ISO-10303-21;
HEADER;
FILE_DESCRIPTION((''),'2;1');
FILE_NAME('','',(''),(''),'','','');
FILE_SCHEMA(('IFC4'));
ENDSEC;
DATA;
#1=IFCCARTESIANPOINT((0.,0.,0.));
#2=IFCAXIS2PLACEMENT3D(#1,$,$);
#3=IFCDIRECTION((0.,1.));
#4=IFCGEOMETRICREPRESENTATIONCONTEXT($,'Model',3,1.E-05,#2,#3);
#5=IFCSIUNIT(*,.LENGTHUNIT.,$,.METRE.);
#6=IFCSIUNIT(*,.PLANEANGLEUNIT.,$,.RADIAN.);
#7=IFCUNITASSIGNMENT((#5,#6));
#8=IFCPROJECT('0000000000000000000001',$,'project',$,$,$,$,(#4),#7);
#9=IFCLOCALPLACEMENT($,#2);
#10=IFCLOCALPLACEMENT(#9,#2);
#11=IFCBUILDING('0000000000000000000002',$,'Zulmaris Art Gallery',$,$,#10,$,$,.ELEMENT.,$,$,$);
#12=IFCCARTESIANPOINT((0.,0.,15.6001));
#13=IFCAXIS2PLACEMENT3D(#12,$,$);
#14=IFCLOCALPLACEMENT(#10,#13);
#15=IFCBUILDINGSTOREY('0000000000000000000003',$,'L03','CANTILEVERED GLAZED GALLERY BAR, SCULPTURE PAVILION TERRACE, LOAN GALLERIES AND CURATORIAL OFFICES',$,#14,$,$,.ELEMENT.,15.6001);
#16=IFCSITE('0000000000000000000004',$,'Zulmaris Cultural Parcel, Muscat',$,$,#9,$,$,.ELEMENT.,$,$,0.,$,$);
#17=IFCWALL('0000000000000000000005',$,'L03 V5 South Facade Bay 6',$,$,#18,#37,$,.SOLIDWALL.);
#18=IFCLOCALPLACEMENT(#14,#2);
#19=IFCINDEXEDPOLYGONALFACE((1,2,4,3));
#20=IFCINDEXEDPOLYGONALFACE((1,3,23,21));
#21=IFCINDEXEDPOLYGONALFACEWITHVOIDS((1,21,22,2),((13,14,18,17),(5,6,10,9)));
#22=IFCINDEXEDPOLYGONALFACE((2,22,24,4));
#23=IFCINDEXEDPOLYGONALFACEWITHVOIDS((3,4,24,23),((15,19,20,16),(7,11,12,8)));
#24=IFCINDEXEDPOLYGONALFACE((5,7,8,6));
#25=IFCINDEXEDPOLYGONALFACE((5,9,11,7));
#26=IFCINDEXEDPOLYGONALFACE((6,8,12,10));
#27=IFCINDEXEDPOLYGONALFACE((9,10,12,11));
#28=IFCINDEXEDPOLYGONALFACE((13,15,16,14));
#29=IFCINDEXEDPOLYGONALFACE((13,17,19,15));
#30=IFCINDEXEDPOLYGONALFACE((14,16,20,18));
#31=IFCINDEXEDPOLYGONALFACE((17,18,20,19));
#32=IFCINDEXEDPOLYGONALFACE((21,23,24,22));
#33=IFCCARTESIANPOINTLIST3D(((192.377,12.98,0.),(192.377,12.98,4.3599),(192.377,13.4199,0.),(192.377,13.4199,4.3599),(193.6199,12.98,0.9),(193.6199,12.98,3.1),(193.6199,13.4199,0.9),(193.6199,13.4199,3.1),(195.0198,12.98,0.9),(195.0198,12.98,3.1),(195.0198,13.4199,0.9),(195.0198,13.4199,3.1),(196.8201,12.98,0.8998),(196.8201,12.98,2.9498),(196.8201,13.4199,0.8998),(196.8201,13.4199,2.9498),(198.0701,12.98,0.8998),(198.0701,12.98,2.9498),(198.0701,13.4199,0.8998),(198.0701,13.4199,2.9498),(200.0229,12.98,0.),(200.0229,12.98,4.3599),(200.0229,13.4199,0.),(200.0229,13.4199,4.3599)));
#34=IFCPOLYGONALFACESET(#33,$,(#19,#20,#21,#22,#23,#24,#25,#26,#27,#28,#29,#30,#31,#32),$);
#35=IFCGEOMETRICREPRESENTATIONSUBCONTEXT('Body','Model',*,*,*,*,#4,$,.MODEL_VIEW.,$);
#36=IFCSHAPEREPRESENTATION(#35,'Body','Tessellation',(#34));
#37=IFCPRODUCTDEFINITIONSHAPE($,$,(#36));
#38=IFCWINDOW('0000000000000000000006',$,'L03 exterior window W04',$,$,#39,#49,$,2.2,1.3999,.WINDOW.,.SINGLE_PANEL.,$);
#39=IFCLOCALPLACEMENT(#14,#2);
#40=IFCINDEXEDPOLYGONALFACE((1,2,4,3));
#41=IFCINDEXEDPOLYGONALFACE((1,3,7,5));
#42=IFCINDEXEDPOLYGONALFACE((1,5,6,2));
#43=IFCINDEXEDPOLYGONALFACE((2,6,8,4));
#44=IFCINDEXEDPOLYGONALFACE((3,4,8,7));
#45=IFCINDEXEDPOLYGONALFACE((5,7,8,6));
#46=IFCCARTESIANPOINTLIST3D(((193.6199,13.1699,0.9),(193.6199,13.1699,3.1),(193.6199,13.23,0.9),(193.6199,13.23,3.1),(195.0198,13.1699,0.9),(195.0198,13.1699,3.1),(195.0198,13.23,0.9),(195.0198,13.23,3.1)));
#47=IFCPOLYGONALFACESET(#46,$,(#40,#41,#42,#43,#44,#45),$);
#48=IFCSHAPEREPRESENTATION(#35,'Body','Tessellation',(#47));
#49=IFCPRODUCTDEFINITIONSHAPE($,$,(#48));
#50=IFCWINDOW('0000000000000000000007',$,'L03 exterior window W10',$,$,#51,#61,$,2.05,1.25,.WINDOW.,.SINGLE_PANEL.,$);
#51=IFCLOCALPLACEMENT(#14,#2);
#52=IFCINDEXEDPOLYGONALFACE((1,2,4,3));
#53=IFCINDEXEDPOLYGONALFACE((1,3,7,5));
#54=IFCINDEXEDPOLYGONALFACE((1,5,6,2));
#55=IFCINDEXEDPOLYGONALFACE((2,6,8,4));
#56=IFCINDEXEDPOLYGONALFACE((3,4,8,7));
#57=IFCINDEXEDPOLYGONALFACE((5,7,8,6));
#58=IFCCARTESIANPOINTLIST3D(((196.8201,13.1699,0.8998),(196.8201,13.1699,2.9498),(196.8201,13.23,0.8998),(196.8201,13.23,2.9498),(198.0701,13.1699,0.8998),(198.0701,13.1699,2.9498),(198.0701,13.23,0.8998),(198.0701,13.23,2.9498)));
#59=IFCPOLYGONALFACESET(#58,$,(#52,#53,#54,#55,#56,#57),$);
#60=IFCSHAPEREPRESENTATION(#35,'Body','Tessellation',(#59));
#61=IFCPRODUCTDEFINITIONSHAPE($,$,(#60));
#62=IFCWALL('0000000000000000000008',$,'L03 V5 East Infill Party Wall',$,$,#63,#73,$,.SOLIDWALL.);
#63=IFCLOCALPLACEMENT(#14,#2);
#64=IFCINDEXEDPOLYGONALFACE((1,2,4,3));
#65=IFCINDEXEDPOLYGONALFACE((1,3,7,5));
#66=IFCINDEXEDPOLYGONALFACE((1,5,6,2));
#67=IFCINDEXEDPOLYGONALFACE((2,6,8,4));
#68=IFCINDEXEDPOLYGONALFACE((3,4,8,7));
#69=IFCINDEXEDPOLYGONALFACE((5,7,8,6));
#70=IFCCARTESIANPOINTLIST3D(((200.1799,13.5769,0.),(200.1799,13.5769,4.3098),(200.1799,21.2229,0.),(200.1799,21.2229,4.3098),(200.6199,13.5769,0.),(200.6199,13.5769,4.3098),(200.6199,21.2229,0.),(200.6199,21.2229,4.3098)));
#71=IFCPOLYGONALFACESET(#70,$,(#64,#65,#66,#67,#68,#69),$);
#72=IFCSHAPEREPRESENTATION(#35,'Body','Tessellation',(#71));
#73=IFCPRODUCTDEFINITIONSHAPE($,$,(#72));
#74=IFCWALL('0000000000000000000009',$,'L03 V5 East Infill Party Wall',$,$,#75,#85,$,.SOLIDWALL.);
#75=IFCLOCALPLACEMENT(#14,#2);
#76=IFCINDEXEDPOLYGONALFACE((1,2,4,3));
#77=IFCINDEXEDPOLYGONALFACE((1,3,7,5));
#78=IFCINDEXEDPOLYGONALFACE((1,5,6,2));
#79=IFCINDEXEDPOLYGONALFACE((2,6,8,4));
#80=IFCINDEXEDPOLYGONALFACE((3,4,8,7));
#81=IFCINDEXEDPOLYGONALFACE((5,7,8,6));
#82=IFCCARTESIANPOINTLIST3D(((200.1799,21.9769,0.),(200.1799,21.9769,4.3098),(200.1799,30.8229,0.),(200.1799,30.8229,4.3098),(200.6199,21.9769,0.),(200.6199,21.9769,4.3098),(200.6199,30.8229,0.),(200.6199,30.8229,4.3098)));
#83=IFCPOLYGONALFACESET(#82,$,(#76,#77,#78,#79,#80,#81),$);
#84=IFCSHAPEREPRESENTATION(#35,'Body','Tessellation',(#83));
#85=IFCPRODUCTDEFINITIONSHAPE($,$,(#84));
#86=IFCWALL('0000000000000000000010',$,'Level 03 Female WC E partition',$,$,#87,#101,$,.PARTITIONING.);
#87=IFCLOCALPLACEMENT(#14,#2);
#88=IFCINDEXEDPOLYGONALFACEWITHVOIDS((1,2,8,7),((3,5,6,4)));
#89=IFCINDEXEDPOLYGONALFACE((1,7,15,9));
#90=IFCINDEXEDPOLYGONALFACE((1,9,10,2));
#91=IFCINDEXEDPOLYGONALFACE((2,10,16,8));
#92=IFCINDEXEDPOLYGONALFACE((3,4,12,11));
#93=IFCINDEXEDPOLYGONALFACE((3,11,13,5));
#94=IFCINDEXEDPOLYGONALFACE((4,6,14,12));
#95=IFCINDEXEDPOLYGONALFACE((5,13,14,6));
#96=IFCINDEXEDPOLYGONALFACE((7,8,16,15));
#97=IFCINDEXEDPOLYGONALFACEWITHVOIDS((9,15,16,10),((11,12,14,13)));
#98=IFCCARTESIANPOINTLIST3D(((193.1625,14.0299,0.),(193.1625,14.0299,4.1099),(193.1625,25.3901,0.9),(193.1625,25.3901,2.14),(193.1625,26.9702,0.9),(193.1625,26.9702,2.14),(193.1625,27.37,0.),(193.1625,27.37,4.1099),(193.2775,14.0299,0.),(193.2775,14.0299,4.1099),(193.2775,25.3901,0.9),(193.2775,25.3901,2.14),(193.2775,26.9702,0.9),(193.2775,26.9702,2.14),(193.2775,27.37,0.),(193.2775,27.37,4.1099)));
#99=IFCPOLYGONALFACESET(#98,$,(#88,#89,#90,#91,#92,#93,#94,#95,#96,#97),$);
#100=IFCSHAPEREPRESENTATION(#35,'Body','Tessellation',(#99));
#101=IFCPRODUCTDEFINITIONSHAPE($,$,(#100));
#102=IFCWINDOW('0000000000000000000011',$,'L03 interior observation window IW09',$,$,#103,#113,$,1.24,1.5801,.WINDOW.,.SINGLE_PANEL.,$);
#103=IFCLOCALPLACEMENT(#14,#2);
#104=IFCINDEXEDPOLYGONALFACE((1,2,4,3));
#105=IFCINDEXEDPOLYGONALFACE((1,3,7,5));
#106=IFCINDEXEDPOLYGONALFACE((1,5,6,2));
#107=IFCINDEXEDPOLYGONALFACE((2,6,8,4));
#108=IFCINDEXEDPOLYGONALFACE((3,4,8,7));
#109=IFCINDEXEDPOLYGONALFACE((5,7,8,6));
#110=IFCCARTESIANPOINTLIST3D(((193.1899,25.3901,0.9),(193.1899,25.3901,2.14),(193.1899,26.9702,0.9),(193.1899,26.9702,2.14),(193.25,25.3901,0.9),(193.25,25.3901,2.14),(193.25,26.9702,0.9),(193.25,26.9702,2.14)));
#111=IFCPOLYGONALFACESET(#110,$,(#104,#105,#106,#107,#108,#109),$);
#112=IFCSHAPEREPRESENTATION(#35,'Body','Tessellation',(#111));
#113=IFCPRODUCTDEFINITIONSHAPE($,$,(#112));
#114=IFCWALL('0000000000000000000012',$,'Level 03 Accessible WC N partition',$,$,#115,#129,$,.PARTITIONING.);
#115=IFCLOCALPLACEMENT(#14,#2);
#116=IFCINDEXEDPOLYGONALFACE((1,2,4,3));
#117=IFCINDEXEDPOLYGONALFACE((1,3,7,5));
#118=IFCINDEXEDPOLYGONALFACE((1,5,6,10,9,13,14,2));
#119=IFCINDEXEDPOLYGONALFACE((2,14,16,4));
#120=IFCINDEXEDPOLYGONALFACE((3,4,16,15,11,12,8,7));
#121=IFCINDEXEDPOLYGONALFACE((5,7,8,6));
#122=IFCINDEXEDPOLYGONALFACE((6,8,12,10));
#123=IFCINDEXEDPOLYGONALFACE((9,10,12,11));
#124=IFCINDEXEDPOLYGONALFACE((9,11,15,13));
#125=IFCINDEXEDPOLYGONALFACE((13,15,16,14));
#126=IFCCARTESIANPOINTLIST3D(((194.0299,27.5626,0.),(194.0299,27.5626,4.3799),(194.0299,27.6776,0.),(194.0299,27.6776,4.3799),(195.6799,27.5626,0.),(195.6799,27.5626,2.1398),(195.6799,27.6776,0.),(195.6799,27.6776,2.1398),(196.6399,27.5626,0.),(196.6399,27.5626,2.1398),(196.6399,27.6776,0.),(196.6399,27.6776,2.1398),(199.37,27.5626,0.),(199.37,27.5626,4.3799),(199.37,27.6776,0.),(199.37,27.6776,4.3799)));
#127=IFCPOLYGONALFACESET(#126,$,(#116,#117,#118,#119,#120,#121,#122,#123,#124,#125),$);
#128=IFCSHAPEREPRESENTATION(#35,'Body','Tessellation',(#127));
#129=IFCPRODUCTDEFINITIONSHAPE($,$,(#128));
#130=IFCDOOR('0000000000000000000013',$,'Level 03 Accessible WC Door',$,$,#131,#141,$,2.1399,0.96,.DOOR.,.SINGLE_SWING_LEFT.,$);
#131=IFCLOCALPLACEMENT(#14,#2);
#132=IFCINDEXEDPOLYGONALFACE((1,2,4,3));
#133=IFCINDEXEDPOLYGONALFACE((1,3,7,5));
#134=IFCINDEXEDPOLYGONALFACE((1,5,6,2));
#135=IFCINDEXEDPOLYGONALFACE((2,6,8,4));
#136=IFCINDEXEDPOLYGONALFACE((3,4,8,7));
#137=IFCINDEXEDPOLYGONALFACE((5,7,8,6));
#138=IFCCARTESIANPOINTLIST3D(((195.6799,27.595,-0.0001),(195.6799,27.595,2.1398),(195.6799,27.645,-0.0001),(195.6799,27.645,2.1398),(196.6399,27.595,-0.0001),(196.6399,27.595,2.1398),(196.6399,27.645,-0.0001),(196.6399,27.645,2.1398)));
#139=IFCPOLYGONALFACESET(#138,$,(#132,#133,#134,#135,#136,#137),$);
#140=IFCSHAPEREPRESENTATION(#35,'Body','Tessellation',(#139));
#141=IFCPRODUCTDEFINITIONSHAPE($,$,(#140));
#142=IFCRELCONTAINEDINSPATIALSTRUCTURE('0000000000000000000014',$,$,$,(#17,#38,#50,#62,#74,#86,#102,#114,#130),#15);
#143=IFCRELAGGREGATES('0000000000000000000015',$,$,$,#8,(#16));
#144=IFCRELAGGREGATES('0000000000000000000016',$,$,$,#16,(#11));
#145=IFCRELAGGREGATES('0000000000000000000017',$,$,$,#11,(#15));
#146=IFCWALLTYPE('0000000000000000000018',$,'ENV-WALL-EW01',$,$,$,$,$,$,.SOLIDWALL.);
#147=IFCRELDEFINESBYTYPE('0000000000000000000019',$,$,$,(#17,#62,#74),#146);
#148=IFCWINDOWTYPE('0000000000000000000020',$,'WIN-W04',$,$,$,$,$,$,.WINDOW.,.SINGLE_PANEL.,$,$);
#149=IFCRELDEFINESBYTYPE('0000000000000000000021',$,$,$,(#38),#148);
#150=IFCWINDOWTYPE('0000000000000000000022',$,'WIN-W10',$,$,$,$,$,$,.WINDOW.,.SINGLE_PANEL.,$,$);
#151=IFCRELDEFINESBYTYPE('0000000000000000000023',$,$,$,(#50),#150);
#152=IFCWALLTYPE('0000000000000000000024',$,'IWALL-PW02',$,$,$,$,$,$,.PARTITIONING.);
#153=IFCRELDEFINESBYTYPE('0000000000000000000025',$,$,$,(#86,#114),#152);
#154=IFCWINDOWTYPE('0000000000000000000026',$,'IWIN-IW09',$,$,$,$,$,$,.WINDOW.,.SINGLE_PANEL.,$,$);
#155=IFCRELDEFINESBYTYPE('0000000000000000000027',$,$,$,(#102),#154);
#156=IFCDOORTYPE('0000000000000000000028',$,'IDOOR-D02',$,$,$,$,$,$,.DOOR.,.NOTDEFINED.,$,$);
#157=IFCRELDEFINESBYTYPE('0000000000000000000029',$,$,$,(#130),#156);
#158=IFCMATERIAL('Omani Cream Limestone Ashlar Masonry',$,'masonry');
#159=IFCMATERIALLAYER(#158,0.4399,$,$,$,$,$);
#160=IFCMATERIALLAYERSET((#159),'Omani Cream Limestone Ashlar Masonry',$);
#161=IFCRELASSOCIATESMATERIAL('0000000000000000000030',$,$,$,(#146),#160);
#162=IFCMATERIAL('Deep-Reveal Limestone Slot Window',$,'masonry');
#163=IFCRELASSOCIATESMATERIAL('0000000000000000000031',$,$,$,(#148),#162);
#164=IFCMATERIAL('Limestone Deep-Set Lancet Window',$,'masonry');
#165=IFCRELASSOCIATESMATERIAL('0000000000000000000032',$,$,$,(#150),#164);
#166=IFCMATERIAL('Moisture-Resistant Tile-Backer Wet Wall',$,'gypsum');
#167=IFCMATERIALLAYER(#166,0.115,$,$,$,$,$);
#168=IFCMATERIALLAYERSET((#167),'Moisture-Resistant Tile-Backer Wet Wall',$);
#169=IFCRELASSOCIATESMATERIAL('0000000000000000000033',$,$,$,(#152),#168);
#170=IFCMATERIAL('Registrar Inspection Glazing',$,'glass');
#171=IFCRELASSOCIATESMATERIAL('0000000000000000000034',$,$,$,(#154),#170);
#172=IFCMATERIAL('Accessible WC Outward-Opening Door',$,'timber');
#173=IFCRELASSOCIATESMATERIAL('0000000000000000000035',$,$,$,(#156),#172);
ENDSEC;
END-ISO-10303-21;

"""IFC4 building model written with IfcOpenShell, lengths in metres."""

from ifc_helpers import new_model, si_unit, direction, frame, frame_2d, origin, place, context, subcontext, project, spatial, rectangle, extrude, material, layer, layer_set, type_object, element, fill, save


model = new_model("IFC4")

# Units and contexts
model_context = context("Model", 3, precision=1e-05, world=origin(), true_north=direction((0.0, 1.0)))
body_context = subcontext(model_context, "Body", "Model", "MODEL_VIEW")
ifc_project = project(units=[si_unit("LENGTHUNIT", "METRE"), si_unit("PLANEANGLEUNIT", "RADIAN")], contexts=[model_context])

# Site, building, storey
site_placement = place(None, origin())
site = spatial("IfcSite", under=ifc_project, at=site_placement, Name="Zulmaris Cultural Parcel, Muscat", CompositionType="ELEMENT", RefElevation=0.0)
building_placement = place(site_placement, origin())
building = spatial("IfcBuilding", under=site, at=building_placement, Name="Zulmaris Art Gallery", CompositionType="ELEMENT")
storey_placement = place(building_placement, frame((0.0, 0.0, 15.6001)))
storey = spatial("IfcBuildingStorey", under=building, at=storey_placement, Name="L03", Description="CANTILEVERED GLAZED GALLERY BAR, SCULPTURE PAVILION TERRACE, LOAN GALLERIES AND CURATORIAL OFFICES", CompositionType="ELEMENT", Elevation=15.6001)

# Wall, openings, windows
ifc_material_1 = material(Name="Omani Cream Limestone Ashlar Masonry", Category="masonry")
ifc_layer_1 = layer(ifc_material_1, 0.4399)
ifc_layer_set_1 = layer_set([ifc_layer_1], Name="Omani Cream Limestone Ashlar Masonry")
wall_type_1 = type_object("IfcWallType", Name="ENV-WALL-EW01", PredefinedType="SOLIDWALL", material=ifc_layer_set_1)
wall_1_placement = place(storey_placement, frame((192.377, 13.2, 0.0), z_axis=(0.0, 0.0, 1.0), x_axis=(1.0, 0.0, 0.0)))
wall_1 = element("IfcWall", 1, at=wall_1_placement, inside=storey, type_object=wall_type_1, Name="L03 V5 South Facade Bay 6", PredefinedType="SOLIDWALL", context=body_context, shape_type="SweptSolid", body=[
    extrude(rectangle(XDim=7.646, YDim=0.4399, at=frame_2d((3.823, 0.0))), origin(), (0.0, 0.0, 1.0), 4.3599),
])
opening_1_placement = place(wall_1_placement, frame((1.2429, 0.0, 0.8999)))
opening_1 = element("IfcOpeningElement", 2, at=opening_1_placement, cuts=wall_1, PredefinedType="OPENING", context=body_context, shape_type="SweptSolid", body=[
    extrude(rectangle(XDim=1.3999, YDim=2.2, at=frame_2d((0.7, 1.1001))), frame((0.0, 0.23, 0.0), z_axis=(0.0, -1.0, 0.0), x_axis=(1.0, 0.0, 0.0)), (0.0, 0.0, 1.0), 0.46),
])
opening_2_placement = place(wall_1_placement, frame((4.4431, 0.0, 0.8999)))
opening_2 = element("IfcOpeningElement", 3, at=opening_2_placement, cuts=wall_1, PredefinedType="OPENING", context=body_context, shape_type="SweptSolid", body=[
    extrude(rectangle(XDim=1.25, YDim=2.05, at=frame_2d((0.625, 1.0249))), frame((0.0, 0.23, 0.0), z_axis=(0.0, -1.0, 0.0), x_axis=(1.0, 0.0, 0.0)), (0.0, 0.0, 1.0), 0.46),
])
ifc_material_2 = material(Name="Deep-Reveal Limestone Slot Window", Category="masonry")
window_type_1 = type_object("IfcWindowType", Name="WIN-W04", PartitioningType="SINGLE_PANEL", PredefinedType="WINDOW", material=ifc_material_2)
window_1_placement = place(opening_1_placement, origin())
window_1 = element("IfcWindow", 4, at=window_1_placement, inside=storey, type_object=window_type_1, Name="L03 exterior window W04", OverallHeight=2.2, OverallWidth=1.3999, PartitioningType="SINGLE_PANEL", PredefinedType="WINDOW", context=body_context, shape_type="SweptSolid", body=[
    extrude(rectangle(XDim=1.3999, YDim=2.2, at=frame_2d((0.7, 1.1001))), frame((0.0, 0.03, 0.0), z_axis=(0.0, -1.0, 0.0), x_axis=(1.0, 0.0, 0.0)), (0.0, 0.0, 1.0), 0.0601),
])
fill(opening_1, window_1)
ifc_material_3 = material(Name="Limestone Deep-Set Lancet Window", Category="masonry")
window_type_2 = type_object("IfcWindowType", Name="WIN-W10", PartitioningType="SINGLE_PANEL", PredefinedType="WINDOW", material=ifc_material_3)
window_2_placement = place(opening_2_placement, origin())
window_2 = element("IfcWindow", 5, at=window_2_placement, inside=storey, type_object=window_type_2, Name="L03 exterior window W10", OverallHeight=2.05, OverallWidth=1.25, PartitioningType="SINGLE_PANEL", PredefinedType="WINDOW", context=body_context, shape_type="SweptSolid", body=[
    extrude(rectangle(XDim=1.25, YDim=2.05, at=frame_2d((0.625, 1.0249))), frame((0.0, 0.03, 0.0), z_axis=(0.0, -1.0, 0.0), x_axis=(1.0, 0.0, 0.0)), (0.0, 0.0, 1.0), 0.0601),
])
fill(opening_2, window_2)

# Walls
wall_2_placement = place(storey_placement, frame((200.3999, 13.5769, 0.0), z_axis=(0.0, 0.0, 1.0), x_axis=(0.0, 1.0, 0.0)))
element("IfcWall", 6, at=wall_2_placement, inside=storey, type_object=wall_type_1, Name="L03 V5 East Infill Party Wall", PredefinedType="SOLIDWALL", context=body_context, shape_type="SweptSolid", body=[
    extrude(rectangle(XDim=7.646, YDim=0.4399, at=frame_2d((3.823, 0.0))), origin(), (0.0, 0.0, 1.0), 4.3098),
])
wall_3_placement = place(storey_placement, frame((200.3999, 21.9771, 0.0), z_axis=(0.0, 0.0, 1.0), x_axis=(0.0, 1.0, 0.0)))
element("IfcWall", 7, at=wall_3_placement, inside=storey, type_object=wall_type_1, Name="L03 V5 East Infill Party Wall", PredefinedType="SOLIDWALL", context=body_context, shape_type="SweptSolid", body=[
    extrude(rectangle(XDim=8.8459, YDim=0.4399, at=frame_2d((4.4229, 0.0))), origin(), (0.0, 0.0, 1.0), 4.3098),
])

# Wall, opening, window
ifc_material_4 = material(Name="Moisture-Resistant Tile-Backer Wet Wall", Category="gypsum")
ifc_layer_2 = layer(ifc_material_4, 0.115)
ifc_layer_set_2 = layer_set([ifc_layer_2], Name="Moisture-Resistant Tile-Backer Wet Wall")
wall_type_2 = type_object("IfcWallType", Name="IWALL-PW02", PredefinedType="PARTITIONING", material=ifc_layer_set_2)
wall_4_placement = place(storey_placement, frame((193.22, 14.03, 0.0), z_axis=(0.0, 0.0, 1.0), x_axis=(0.0, 1.0, 0.0)))
wall_4 = element("IfcWall", 8, at=wall_4_placement, inside=storey, type_object=wall_type_2, Name="Level 03 Female WC E partition", PredefinedType="PARTITIONING", context=body_context, shape_type="SweptSolid", body=[
    extrude(rectangle(XDim=13.3401, YDim=0.115, at=frame_2d((6.6699, 0.0))), origin(), (0.0, 0.0, 1.0), 4.1099),
])
opening_3_placement = place(wall_4_placement, frame((11.3601, 0.0, 0.8999)))
opening_3 = element("IfcOpeningElement", 9, at=opening_3_placement, cuts=wall_4, PredefinedType="OPENING", context=body_context, shape_type="SweptSolid", body=[
    extrude(rectangle(XDim=1.5801, YDim=1.24, at=frame_2d((0.79, 0.6201))), frame((0.0, 0.0674, 0.0), z_axis=(0.0, -1.0, 0.0), x_axis=(1.0, 0.0, 0.0)), (0.0, 0.0, 1.0), 0.135),
])
ifc_material_5 = material(Name="Registrar Inspection Glazing", Category="glass")
window_type_3 = type_object("IfcWindowType", Name="IWIN-IW09", PartitioningType="SINGLE_PANEL", PredefinedType="WINDOW", material=ifc_material_5)
window_3_placement = place(opening_3_placement, origin())
window_3 = element("IfcWindow", 10, at=window_3_placement, inside=storey, type_object=window_type_3, Name="L03 interior observation window IW09", OverallHeight=1.24, OverallWidth=1.5801, PartitioningType="SINGLE_PANEL", PredefinedType="WINDOW", context=body_context, shape_type="SweptSolid", body=[
    extrude(rectangle(XDim=1.5801, YDim=1.24, at=frame_2d((0.79, 0.6201))), frame((0.0, 0.03, 0.0), z_axis=(0.0, -1.0, 0.0), x_axis=(1.0, 0.0, 0.0)), (0.0, 0.0, 1.0), 0.0601),
])
fill(opening_3, window_3)

# Wall, opening, door
wall_5_placement = place(storey_placement, frame((194.03, 27.6201, 0.0), z_axis=(0.0, 0.0, 1.0), x_axis=(1.0, 0.0, 0.0)))
wall_5 = element("IfcWall", 11, at=wall_5_placement, inside=storey, type_object=wall_type_2, Name="Level 03 Accessible WC N partition", PredefinedType="PARTITIONING", context=body_context, shape_type="SweptSolid", body=[
    extrude(rectangle(XDim=5.3401, YDim=0.115, at=frame_2d((2.6699, 0.0))), origin(), (0.0, 0.0, 1.0), 4.3799),
])
opening_4_placement = place(wall_5_placement, frame((1.6499, 0.0, 0.0)))
opening_4 = element("IfcOpeningElement", 12, at=opening_4_placement, cuts=wall_5, PredefinedType="OPENING", context=body_context, shape_type="SweptSolid", body=[
    extrude(rectangle(XDim=0.96, YDim=2.1399, at=frame_2d((0.48, 1.0698))), frame((0.0, 0.0674, 0.0), z_axis=(0.0, -1.0, 0.0), x_axis=(1.0, 0.0, 0.0)), (0.0, 0.0, 1.0), 0.135),
])
ifc_material_6 = material(Name="Accessible WC Outward-Opening Door", Category="timber")
door_type = type_object("IfcDoorType", Name="IDOOR-D02", OperationType="NOTDEFINED", PredefinedType="DOOR", material=ifc_material_6)
door_placement = place(opening_4_placement, origin())
door = element("IfcDoor", 13, at=door_placement, inside=storey, type_object=door_type, Name="Level 03 Accessible WC Door", OperationType="SINGLE_SWING_LEFT", OverallHeight=2.1399, OverallWidth=0.96, PredefinedType="DOOR", context=body_context, shape_type="SweptSolid", body=[
    extrude(rectangle(XDim=0.96, YDim=2.1399, at=frame_2d((0.48, 1.0698))), frame((0.0, 0.0249, 0.0), z_axis=(0.0, -1.0, 0.0), x_axis=(1.0, 0.0, 0.0)), (0.0, 0.0, 1.0), 0.05),
])
fill(opening_4, door)

save(model, "model.ifc")
